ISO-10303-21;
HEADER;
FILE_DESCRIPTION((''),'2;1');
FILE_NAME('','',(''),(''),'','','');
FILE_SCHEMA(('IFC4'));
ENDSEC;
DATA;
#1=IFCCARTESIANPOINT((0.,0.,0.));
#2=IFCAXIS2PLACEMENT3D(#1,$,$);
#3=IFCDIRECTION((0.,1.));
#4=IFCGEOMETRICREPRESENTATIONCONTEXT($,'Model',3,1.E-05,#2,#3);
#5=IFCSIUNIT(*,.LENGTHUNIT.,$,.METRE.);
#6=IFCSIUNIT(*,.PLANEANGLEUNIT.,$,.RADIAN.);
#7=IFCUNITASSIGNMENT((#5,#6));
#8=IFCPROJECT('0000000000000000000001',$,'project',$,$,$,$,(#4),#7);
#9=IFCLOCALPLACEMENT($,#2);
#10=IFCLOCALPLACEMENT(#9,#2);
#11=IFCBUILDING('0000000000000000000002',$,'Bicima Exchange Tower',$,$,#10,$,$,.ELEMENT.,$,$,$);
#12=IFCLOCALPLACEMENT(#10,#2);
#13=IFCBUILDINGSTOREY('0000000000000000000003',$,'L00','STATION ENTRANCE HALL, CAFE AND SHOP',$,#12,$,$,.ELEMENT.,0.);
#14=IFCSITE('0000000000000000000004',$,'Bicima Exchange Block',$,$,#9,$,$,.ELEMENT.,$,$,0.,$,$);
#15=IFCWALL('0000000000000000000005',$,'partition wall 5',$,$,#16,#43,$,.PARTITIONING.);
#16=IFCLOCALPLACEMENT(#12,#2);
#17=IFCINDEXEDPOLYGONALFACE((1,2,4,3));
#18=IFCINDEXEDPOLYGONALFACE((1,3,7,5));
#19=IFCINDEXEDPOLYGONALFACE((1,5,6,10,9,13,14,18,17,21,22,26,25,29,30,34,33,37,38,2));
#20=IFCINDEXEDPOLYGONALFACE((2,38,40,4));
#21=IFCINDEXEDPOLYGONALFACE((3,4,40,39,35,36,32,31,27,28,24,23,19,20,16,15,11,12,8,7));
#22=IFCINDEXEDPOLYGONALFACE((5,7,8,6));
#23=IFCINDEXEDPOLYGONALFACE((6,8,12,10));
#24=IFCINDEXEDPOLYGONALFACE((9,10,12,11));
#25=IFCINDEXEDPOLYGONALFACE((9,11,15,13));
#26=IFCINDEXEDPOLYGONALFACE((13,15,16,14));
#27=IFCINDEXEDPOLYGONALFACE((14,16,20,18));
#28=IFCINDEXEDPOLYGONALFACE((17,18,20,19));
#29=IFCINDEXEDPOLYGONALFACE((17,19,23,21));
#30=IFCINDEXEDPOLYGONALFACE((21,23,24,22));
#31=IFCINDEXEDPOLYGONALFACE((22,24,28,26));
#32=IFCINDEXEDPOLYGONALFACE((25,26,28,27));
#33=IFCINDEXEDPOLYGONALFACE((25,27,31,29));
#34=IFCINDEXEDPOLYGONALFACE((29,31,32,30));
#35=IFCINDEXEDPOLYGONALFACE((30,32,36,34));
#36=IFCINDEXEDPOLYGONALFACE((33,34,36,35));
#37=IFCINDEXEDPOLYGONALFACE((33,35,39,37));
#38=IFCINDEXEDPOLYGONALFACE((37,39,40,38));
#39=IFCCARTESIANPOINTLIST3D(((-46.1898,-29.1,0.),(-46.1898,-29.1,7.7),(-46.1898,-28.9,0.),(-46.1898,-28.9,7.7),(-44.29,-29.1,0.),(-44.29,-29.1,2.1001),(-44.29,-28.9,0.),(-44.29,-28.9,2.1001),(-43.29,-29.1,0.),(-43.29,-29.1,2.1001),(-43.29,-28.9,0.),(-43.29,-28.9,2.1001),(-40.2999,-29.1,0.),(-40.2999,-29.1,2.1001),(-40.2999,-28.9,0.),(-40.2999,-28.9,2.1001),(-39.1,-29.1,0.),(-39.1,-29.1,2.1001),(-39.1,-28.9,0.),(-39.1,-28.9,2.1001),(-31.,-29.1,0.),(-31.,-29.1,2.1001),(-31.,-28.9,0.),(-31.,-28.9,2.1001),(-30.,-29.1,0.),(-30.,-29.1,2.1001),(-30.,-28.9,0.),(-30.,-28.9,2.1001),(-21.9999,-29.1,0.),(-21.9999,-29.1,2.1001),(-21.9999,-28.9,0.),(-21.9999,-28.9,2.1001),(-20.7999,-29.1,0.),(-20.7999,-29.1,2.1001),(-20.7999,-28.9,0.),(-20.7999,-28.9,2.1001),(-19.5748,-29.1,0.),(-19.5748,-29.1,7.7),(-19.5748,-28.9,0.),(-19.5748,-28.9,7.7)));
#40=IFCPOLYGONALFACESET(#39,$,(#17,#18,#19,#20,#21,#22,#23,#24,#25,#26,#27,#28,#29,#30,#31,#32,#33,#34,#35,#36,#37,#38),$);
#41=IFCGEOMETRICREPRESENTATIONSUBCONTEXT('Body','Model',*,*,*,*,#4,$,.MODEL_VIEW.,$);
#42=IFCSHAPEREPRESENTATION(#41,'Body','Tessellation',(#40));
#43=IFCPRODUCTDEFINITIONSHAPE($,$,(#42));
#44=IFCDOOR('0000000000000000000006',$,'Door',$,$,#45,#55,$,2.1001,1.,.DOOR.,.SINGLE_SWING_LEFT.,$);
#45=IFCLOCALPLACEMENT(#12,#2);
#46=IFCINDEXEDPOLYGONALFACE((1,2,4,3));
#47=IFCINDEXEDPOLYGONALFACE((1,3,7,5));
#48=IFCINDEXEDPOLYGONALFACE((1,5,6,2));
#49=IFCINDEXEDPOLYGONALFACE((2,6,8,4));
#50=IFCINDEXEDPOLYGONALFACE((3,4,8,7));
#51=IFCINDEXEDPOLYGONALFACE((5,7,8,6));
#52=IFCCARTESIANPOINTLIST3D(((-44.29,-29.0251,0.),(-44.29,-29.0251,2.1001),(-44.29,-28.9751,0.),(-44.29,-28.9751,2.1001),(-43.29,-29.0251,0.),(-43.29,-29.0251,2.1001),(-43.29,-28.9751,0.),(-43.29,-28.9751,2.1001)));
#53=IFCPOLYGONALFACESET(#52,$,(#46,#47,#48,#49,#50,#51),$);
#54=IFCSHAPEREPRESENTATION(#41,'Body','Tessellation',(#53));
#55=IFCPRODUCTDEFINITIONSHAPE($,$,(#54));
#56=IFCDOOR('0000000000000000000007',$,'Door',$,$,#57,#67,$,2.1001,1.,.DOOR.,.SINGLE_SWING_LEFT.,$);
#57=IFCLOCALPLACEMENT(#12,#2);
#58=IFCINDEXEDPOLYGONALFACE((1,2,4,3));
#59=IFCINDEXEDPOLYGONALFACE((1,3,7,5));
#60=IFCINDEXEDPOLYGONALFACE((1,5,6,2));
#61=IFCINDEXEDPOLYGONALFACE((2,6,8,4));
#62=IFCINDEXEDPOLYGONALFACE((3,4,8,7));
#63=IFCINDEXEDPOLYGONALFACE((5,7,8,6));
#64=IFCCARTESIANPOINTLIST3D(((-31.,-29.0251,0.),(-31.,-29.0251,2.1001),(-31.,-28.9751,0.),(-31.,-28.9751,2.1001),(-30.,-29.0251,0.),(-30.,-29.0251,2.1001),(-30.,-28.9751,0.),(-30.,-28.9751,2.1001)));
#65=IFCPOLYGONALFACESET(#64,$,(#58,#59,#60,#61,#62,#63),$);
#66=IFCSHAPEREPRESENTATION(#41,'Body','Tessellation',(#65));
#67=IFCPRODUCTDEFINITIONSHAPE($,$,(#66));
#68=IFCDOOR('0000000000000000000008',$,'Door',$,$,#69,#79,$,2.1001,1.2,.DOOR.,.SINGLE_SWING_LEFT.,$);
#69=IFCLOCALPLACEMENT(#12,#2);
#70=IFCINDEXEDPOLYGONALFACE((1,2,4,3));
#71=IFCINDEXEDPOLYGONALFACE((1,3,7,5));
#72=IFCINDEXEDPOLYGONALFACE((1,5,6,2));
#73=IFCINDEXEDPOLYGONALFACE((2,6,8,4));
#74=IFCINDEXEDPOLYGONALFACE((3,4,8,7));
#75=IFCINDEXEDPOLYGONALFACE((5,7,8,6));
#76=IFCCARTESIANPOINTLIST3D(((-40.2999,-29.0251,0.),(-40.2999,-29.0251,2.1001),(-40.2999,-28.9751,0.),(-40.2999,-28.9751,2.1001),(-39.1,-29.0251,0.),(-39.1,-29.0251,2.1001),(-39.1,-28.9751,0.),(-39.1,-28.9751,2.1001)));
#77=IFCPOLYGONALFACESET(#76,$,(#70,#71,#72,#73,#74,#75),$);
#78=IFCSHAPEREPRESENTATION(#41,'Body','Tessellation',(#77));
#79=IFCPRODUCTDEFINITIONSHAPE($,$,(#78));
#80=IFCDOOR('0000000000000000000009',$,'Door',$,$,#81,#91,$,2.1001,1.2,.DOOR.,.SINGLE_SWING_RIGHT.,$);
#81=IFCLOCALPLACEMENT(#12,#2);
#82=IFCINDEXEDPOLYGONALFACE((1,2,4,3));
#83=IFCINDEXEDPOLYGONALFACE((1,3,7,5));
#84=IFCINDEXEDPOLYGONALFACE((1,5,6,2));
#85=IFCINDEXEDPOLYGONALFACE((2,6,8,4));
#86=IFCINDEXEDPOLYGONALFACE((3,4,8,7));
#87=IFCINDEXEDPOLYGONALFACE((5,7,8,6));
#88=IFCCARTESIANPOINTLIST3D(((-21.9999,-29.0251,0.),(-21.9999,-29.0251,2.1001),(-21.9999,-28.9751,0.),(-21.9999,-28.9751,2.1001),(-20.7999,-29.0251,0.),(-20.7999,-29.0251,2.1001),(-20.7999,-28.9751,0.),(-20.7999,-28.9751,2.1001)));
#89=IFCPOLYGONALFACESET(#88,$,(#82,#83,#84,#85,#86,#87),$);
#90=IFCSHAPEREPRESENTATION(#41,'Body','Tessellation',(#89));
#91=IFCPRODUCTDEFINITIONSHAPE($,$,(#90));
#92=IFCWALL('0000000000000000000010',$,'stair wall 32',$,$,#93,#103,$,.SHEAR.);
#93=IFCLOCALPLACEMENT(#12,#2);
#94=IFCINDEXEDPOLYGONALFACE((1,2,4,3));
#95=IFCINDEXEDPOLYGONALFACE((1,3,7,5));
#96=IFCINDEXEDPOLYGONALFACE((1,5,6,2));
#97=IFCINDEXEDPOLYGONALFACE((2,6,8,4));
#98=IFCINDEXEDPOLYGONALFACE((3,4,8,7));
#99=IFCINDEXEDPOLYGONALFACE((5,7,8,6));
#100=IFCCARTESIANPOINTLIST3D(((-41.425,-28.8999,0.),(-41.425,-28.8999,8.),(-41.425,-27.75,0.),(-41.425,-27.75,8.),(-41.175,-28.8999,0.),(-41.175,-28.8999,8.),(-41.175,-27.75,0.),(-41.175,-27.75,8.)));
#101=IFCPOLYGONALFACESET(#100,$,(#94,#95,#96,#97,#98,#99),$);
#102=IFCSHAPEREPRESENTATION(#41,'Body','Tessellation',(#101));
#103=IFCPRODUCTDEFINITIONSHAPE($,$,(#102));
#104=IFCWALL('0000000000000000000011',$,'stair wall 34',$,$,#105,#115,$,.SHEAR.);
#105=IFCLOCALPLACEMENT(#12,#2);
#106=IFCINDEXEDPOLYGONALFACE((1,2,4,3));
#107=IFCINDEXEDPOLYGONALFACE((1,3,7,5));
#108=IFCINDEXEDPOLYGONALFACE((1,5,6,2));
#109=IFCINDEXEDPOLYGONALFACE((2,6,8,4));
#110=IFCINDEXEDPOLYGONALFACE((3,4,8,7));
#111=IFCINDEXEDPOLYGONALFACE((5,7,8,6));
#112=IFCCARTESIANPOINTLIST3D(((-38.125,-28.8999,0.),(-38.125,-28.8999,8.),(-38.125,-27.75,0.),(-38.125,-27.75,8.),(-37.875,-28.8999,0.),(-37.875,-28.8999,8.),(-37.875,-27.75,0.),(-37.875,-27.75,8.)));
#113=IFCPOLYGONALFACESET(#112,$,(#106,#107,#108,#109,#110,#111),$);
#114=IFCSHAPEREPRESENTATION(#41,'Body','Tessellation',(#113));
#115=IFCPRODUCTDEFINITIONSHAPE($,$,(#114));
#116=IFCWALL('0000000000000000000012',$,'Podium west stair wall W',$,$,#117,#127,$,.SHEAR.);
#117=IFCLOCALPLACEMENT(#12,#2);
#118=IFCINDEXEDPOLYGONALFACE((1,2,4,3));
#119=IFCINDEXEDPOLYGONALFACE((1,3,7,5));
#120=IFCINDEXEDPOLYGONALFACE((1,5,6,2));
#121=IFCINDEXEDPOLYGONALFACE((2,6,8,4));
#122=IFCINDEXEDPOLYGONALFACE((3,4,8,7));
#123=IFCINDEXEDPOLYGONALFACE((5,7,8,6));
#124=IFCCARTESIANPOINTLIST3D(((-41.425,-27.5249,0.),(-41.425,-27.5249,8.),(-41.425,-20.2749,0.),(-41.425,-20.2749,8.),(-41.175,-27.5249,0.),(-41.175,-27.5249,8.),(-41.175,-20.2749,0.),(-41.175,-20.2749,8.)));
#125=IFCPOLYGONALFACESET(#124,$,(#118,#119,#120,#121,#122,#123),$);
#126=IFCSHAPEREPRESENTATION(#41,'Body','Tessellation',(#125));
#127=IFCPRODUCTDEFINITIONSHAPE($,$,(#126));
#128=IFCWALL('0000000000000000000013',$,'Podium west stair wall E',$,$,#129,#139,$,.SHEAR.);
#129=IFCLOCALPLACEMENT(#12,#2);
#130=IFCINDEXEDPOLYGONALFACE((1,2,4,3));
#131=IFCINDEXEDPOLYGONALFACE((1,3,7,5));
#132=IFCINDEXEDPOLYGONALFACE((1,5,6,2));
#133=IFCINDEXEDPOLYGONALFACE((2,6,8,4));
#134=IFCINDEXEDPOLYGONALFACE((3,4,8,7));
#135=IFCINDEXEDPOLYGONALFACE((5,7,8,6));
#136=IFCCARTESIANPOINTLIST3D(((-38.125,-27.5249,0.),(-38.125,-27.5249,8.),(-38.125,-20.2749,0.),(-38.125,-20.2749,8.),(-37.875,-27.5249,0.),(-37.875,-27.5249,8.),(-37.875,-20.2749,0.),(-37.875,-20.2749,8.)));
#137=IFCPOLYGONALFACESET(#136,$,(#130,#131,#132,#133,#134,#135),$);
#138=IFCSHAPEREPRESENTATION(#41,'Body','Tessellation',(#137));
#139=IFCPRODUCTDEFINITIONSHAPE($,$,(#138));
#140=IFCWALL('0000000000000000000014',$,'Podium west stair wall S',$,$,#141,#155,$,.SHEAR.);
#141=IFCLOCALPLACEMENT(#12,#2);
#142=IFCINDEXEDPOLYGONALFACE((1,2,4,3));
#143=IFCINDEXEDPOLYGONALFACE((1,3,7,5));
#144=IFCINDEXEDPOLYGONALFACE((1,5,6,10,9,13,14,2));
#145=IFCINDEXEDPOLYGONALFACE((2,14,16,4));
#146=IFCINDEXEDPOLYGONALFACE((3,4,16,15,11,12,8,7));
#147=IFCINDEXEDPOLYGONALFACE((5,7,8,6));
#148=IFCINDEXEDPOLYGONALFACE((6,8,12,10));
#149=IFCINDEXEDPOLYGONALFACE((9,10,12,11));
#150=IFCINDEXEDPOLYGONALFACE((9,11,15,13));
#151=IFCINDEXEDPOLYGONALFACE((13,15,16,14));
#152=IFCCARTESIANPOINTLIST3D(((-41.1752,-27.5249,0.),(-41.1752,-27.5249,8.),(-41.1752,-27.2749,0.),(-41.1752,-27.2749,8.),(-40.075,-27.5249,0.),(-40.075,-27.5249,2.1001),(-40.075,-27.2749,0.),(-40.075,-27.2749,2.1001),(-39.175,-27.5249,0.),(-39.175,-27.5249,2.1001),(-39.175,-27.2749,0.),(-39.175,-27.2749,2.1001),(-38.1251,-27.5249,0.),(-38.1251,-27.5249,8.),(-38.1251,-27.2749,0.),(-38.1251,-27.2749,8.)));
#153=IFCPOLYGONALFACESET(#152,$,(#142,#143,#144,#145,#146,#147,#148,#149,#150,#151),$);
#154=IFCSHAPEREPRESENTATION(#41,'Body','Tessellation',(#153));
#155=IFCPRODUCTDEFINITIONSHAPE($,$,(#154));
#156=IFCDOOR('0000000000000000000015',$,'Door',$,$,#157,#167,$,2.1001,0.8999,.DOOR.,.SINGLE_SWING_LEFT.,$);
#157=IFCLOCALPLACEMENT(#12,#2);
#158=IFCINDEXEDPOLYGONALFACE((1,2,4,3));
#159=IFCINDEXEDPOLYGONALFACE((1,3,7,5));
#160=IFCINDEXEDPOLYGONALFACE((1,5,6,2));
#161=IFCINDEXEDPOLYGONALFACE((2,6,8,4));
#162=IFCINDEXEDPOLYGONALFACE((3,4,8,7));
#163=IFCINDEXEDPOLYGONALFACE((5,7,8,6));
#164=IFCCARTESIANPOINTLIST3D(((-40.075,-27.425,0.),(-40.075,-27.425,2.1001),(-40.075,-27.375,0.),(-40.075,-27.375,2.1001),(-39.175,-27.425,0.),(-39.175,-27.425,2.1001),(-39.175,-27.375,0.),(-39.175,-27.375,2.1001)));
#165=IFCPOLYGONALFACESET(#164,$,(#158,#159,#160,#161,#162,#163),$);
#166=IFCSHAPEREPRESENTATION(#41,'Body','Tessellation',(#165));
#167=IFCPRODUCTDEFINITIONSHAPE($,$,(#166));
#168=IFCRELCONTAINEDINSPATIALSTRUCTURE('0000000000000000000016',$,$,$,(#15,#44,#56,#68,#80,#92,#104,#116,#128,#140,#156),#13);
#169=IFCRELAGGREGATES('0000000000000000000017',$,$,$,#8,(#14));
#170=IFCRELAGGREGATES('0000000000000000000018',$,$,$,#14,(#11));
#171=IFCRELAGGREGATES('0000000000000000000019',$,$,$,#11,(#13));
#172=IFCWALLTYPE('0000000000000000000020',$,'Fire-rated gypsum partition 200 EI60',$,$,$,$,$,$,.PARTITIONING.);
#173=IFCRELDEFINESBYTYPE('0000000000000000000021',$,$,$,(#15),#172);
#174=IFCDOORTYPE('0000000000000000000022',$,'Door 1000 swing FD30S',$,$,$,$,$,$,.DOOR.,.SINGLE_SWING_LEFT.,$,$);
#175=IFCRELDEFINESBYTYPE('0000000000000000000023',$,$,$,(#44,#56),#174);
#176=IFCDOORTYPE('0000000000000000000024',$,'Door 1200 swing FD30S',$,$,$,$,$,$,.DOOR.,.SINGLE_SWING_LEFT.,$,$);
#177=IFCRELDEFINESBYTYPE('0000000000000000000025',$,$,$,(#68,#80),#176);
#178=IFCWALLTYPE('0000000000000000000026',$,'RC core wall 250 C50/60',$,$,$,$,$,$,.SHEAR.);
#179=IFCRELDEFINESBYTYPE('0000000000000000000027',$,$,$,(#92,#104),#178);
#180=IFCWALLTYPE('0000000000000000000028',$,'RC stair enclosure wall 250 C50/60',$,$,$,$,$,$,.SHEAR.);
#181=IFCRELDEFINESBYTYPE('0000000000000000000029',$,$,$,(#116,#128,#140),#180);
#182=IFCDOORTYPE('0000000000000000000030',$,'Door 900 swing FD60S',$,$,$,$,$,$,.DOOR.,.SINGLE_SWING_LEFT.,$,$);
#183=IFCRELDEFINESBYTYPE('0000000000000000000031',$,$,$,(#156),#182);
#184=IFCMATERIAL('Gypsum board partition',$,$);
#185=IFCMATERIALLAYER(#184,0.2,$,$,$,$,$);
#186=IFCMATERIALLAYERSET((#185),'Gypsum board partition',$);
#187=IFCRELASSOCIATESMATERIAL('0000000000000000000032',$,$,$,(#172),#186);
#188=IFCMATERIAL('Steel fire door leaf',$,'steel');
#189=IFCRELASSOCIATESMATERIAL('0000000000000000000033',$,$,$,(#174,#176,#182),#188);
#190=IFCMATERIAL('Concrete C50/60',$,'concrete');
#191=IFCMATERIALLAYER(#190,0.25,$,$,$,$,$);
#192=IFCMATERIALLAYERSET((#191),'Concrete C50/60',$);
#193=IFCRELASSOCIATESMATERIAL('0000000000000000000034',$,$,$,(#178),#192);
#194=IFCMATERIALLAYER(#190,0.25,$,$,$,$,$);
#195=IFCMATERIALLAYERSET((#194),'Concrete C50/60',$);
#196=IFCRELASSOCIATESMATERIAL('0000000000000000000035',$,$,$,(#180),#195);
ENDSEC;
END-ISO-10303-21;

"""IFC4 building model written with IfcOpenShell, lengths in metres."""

from ifc_helpers import new_model, si_unit, direction, frame, frame_2d, origin, place, context, subcontext, project, spatial, rectangle, extrude, material, layer, layer_set, type_object, element, fill, save


model = new_model("IFC4")

# Units and contexts
model_context = context("Model", 3, precision=1e-05, world=origin(), true_north=direction((0.0, 1.0)))
body_context = subcontext(model_context, "Body", "Model", "MODEL_VIEW")
ifc_project = project(units=[si_unit("LENGTHUNIT", "METRE"), si_unit("PLANEANGLEUNIT", "RADIAN")], contexts=[model_context])

# Site, building, storey
site_placement = place(None, origin())
site = spatial("IfcSite", under=ifc_project, at=site_placement, Name="Bicima Exchange Block", CompositionType="ELEMENT", RefElevation=0.0)
building_placement = place(site_placement, origin())
building = spatial("IfcBuilding", under=site, at=building_placement, Name="Bicima Exchange Tower", CompositionType="ELEMENT")
storey_placement = place(building_placement, origin())
storey = spatial("IfcBuildingStorey", under=building, at=storey_placement, Name="L00", Description="STATION ENTRANCE HALL, CAFE AND SHOP", CompositionType="ELEMENT", Elevation=0.0)

# Wall, openings, doors
ifc_material_1 = material(Name="Gypsum board partition")
ifc_layer_1 = layer(ifc_material_1, 0.2)
ifc_layer_set_1 = layer_set([ifc_layer_1], Name="Gypsum board partition")
wall_type_1 = type_object("IfcWallType", Name="Fire-rated gypsum partition 200 EI60", PredefinedType="PARTITIONING", material=ifc_layer_set_1)
ifc_material_2 = material(Name="Steel fire door leaf", Category="steel")
door_type_1 = type_object("IfcDoorType", Name="Door 1000 swing FD30S", OperationType="SINGLE_SWING_LEFT", PredefinedType="DOOR", material=ifc_material_2)
wall_1_placement = place(storey_placement, frame((-46.1899, -29.0, 0.0), z_axis=(0.0, 0.0, 1.0), x_axis=(1.0, 0.0, 0.0)))
wall_1 = element("IfcWall", 1, at=wall_1_placement, inside=storey, type_object=wall_type_1, Name="partition wall 5", PredefinedType="PARTITIONING", context=body_context, shape_type="SweptSolid", body=[
    extrude(rectangle(XDim=26.615, YDim=0.2, at=frame_2d((13.3076, 0.0))), origin(), (0.0, 0.0, 1.0), 7.7),
])
opening_1_placement = place(wall_1_placement, frame((5.8899, 0.0, 0.0)))
opening_1 = element("IfcOpeningElement", 2, at=opening_1_placement, cuts=wall_1, PredefinedType="OPENING", context=body_context, shape_type="SweptSolid", body=[
    extrude(rectangle(XDim=1.2, YDim=2.1001, at=frame_2d((0.6001, 1.05))), frame((0.0, 0.1118, 0.0), z_axis=(0.0, -1.0, 0.0), x_axis=(1.0, 0.0, 0.0)), (0.0, 0.0, 1.0), 0.2239),
])
opening_2_placement = place(wall_1_placement, frame((24.1899, 0.0, 0.0)))
opening_2 = element("IfcOpeningElement", 3, at=opening_2_placement, cuts=wall_1, PredefinedType="OPENING", context=body_context, shape_type="SweptSolid", body=[
    extrude(rectangle(XDim=1.2, YDim=2.1001, at=frame_2d((0.6001, 1.05))), frame((0.0, 0.1118, 0.0), z_axis=(0.0, -1.0, 0.0), x_axis=(1.0, 0.0, 0.0)), (0.0, 0.0, 1.0), 0.2239),
])
opening_3_placement = place(wall_1_placement, frame((1.8999, 0.0, 0.0)))
opening_3 = element("IfcOpeningElement", 4, at=opening_3_placement, cuts=wall_1, PredefinedType="OPENING", context=body_context, shape_type="SweptSolid", body=[
    extrude(rectangle(XDim=1.0, YDim=2.1001, at=frame_2d((0.5, 1.05))), frame((0.0, 0.1118, 0.0), z_axis=(0.0, -1.0, 0.0), x_axis=(1.0, 0.0, 0.0)), (0.0, 0.0, 1.0), 0.2239),
])
opening_4_placement = place(wall_1_placement, frame((15.1899, 0.0, 0.0)))
opening_4 = element("IfcOpeningElement", 5, at=opening_4_placement, cuts=wall_1, PredefinedType="OPENING", context=body_context, shape_type="SweptSolid", body=[
    extrude(rectangle(XDim=1.0, YDim=2.1001, at=frame_2d((0.5, 1.05))), frame((0.0, 0.1118, 0.0), z_axis=(0.0, -1.0, 0.0), x_axis=(1.0, 0.0, 0.0)), (0.0, 0.0, 1.0), 0.2239),
])
door_1_placement = place(opening_3_placement, origin())
door_1 = element("IfcDoor", 6, at=door_1_placement, inside=storey, type_object=door_type_1, Name="Door", OperationType="SINGLE_SWING_LEFT", OverallHeight=2.1001, OverallWidth=1.0, PredefinedType="DOOR", context=body_context, shape_type="SweptSolid", body=[
    extrude(rectangle(XDim=1.0, YDim=2.1001, at=frame_2d((0.5, 1.05))), frame((0.0, 0.0249, 0.0), z_axis=(0.0, -1.0, 0.0), x_axis=(1.0, 0.0, 0.0)), (0.0, 0.0, 1.0), 0.05),
])
fill(opening_3, door_1)
door_2_placement = place(opening_4_placement, origin())
door_2 = element("IfcDoor", 7, at=door_2_placement, inside=storey, type_object=door_type_1, Name="Door", OperationType="SINGLE_SWING_LEFT", OverallHeight=2.1001, OverallWidth=1.0, PredefinedType="DOOR", context=body_context, shape_type="SweptSolid", body=[
    extrude(rectangle(XDim=1.0, YDim=2.1001, at=frame_2d((0.5, 1.05))), frame((0.0, 0.0249, 0.0), z_axis=(0.0, -1.0, 0.0), x_axis=(1.0, 0.0, 0.0)), (0.0, 0.0, 1.0), 0.05),
])
fill(opening_4, door_2)
door_type_2 = type_object("IfcDoorType", Name="Door 1200 swing FD30S", OperationType="SINGLE_SWING_LEFT", PredefinedType="DOOR", material=ifc_material_2)
door_3_placement = place(opening_1_placement, origin())
door_3 = element("IfcDoor", 8, at=door_3_placement, inside=storey, type_object=door_type_2, Name="Door", OperationType="SINGLE_SWING_LEFT", OverallHeight=2.1001, OverallWidth=1.2, PredefinedType="DOOR", context=body_context, shape_type="SweptSolid", body=[
    extrude(rectangle(XDim=1.2, YDim=2.1001, at=frame_2d((0.6001, 1.05))), frame((0.0, 0.0249, 0.0), z_axis=(0.0, -1.0, 0.0), x_axis=(1.0, 0.0, 0.0)), (0.0, 0.0, 1.0), 0.05),
])
fill(opening_1, door_3)
door_4_placement = place(opening_2_placement, origin())
door_4 = element("IfcDoor", 9, at=door_4_placement, inside=storey, type_object=door_type_2, Name="Door", OperationType="SINGLE_SWING_RIGHT", OverallHeight=2.1001, OverallWidth=1.2, PredefinedType="DOOR", context=body_context, shape_type="SweptSolid", body=[
    extrude(rectangle(XDim=1.2, YDim=2.1001, at=frame_2d((0.6001, 1.05))), frame((0.0, 0.0249, 0.0), z_axis=(0.0, -1.0, 0.0), x_axis=(1.0, 0.0, 0.0)), (0.0, 0.0, 1.0), 0.05),
])
fill(opening_2, door_4)

# Walls
ifc_material_3 = material(Name="Concrete C50/60", Category="concrete")
ifc_layer_2 = layer(ifc_material_3, 0.25)
ifc_layer_set_2 = layer_set([ifc_layer_2], Name="Concrete C50/60")
wall_type_2 = type_object("IfcWallType", Name="RC core wall 250 C50/60", PredefinedType="SHEAR", material=ifc_layer_set_2)
for number, where, z_axis, x_axis, name in (
    (10, (-41.3, -28.8999, 0.0), (0.0, 0.0, 1.0), (0.0, 1.0, 0.0), "stair wall 32"),
    (11, (-38.0, -28.8999, 0.0), (0.0, 0.0, 1.0), (0.0, 1.0, 0.0), "stair wall 34"),
):
    element("IfcWall", number, at=place(storey_placement, frame(where, z_axis=z_axis, x_axis=x_axis)), inside=storey, type_object=wall_type_2, Name=name, PredefinedType="SHEAR", context=body_context, shape_type="SweptSolid", body=[
        extrude(rectangle(XDim=1.1499, YDim=0.25, at=frame_2d((0.575, 0.0))), origin(), (0.0, 0.0, 1.0), 8.0),
    ])
ifc_layer_3 = layer(ifc_material_3, 0.25)
ifc_layer_set_3 = layer_set([ifc_layer_3], Name="Concrete C50/60")
wall_type_3 = type_object("IfcWallType", Name="RC stair enclosure wall 250 C50/60", PredefinedType="SHEAR", material=ifc_layer_set_3)
for number, where, z_axis, x_axis, name in (
    (12, (-41.3, -27.5249, 0.0), (0.0, 0.0, 1.0), (0.0, 1.0, 0.0), "Podium west stair wall W"),
    (13, (-38.0, -27.5249, 0.0), (0.0, 0.0, 1.0), (0.0, 1.0, 0.0), "Podium west stair wall E"),
):
    element("IfcWall", number, at=place(storey_placement, frame(where, z_axis=z_axis, x_axis=x_axis)), inside=storey, type_object=wall_type_3, Name=name, PredefinedType="SHEAR", context=body_context, shape_type="SweptSolid", body=[
        extrude(rectangle(XDim=7.25, YDim=0.25, at=frame_2d((3.625, 0.0))), origin(), (0.0, 0.0, 1.0), 8.0),
    ])

# Wall, opening, door
wall_2_placement = place(storey_placement, frame((-41.175, -27.3999, 0.0), z_axis=(0.0, 0.0, 1.0), x_axis=(1.0, 0.0, 0.0)))
wall_2 = element("IfcWall", 14, at=wall_2_placement, inside=storey, type_object=wall_type_3, Name="Podium west stair wall S", PredefinedType="SHEAR", context=body_context, shape_type="SweptSolid", body=[
    extrude(rectangle(XDim=3.05, YDim=0.25, at=frame_2d((1.5249, 0.0))), origin(), (0.0, 0.0, 1.0), 8.0),
])
opening_5_placement = place(wall_2_placement, frame((1.1001, 0.0, 0.0)))
opening_5 = element("IfcOpeningElement", 15, at=opening_5_placement, cuts=wall_2, PredefinedType="OPENING", context=body_context, shape_type="SweptSolid", body=[
    extrude(rectangle(XDim=0.8999, YDim=2.1001, at=frame_2d((0.45, 1.05))), frame((0.0, 0.137, 0.0), z_axis=(0.0, -1.0, 0.0), x_axis=(1.0, 0.0, 0.0)), (0.0, 0.0, 1.0), 0.2739),
])
door_type_3 = type_object("IfcDoorType", Name="Door 900 swing FD60S", OperationType="SINGLE_SWING_LEFT", PredefinedType="DOOR", material=ifc_material_2)
door_5_placement = place(opening_5_placement, origin())
door_5 = element("IfcDoor", 16, at=door_5_placement, inside=storey, type_object=door_type_3, Name="Door", OperationType="SINGLE_SWING_LEFT", OverallHeight=2.1001, OverallWidth=0.8999, PredefinedType="DOOR", context=body_context, shape_type="SweptSolid", body=[
    extrude(rectangle(XDim=0.8999, YDim=2.1001, at=frame_2d((0.45, 1.05))), frame((0.0, 0.0249, 0.0), z_axis=(0.0, -1.0, 0.0), x_axis=(1.0, 0.0, 0.0)), (0.0, 0.0, 1.0), 0.05),
])
fill(opening_5, door_5)

save(model, "model.ifc")
